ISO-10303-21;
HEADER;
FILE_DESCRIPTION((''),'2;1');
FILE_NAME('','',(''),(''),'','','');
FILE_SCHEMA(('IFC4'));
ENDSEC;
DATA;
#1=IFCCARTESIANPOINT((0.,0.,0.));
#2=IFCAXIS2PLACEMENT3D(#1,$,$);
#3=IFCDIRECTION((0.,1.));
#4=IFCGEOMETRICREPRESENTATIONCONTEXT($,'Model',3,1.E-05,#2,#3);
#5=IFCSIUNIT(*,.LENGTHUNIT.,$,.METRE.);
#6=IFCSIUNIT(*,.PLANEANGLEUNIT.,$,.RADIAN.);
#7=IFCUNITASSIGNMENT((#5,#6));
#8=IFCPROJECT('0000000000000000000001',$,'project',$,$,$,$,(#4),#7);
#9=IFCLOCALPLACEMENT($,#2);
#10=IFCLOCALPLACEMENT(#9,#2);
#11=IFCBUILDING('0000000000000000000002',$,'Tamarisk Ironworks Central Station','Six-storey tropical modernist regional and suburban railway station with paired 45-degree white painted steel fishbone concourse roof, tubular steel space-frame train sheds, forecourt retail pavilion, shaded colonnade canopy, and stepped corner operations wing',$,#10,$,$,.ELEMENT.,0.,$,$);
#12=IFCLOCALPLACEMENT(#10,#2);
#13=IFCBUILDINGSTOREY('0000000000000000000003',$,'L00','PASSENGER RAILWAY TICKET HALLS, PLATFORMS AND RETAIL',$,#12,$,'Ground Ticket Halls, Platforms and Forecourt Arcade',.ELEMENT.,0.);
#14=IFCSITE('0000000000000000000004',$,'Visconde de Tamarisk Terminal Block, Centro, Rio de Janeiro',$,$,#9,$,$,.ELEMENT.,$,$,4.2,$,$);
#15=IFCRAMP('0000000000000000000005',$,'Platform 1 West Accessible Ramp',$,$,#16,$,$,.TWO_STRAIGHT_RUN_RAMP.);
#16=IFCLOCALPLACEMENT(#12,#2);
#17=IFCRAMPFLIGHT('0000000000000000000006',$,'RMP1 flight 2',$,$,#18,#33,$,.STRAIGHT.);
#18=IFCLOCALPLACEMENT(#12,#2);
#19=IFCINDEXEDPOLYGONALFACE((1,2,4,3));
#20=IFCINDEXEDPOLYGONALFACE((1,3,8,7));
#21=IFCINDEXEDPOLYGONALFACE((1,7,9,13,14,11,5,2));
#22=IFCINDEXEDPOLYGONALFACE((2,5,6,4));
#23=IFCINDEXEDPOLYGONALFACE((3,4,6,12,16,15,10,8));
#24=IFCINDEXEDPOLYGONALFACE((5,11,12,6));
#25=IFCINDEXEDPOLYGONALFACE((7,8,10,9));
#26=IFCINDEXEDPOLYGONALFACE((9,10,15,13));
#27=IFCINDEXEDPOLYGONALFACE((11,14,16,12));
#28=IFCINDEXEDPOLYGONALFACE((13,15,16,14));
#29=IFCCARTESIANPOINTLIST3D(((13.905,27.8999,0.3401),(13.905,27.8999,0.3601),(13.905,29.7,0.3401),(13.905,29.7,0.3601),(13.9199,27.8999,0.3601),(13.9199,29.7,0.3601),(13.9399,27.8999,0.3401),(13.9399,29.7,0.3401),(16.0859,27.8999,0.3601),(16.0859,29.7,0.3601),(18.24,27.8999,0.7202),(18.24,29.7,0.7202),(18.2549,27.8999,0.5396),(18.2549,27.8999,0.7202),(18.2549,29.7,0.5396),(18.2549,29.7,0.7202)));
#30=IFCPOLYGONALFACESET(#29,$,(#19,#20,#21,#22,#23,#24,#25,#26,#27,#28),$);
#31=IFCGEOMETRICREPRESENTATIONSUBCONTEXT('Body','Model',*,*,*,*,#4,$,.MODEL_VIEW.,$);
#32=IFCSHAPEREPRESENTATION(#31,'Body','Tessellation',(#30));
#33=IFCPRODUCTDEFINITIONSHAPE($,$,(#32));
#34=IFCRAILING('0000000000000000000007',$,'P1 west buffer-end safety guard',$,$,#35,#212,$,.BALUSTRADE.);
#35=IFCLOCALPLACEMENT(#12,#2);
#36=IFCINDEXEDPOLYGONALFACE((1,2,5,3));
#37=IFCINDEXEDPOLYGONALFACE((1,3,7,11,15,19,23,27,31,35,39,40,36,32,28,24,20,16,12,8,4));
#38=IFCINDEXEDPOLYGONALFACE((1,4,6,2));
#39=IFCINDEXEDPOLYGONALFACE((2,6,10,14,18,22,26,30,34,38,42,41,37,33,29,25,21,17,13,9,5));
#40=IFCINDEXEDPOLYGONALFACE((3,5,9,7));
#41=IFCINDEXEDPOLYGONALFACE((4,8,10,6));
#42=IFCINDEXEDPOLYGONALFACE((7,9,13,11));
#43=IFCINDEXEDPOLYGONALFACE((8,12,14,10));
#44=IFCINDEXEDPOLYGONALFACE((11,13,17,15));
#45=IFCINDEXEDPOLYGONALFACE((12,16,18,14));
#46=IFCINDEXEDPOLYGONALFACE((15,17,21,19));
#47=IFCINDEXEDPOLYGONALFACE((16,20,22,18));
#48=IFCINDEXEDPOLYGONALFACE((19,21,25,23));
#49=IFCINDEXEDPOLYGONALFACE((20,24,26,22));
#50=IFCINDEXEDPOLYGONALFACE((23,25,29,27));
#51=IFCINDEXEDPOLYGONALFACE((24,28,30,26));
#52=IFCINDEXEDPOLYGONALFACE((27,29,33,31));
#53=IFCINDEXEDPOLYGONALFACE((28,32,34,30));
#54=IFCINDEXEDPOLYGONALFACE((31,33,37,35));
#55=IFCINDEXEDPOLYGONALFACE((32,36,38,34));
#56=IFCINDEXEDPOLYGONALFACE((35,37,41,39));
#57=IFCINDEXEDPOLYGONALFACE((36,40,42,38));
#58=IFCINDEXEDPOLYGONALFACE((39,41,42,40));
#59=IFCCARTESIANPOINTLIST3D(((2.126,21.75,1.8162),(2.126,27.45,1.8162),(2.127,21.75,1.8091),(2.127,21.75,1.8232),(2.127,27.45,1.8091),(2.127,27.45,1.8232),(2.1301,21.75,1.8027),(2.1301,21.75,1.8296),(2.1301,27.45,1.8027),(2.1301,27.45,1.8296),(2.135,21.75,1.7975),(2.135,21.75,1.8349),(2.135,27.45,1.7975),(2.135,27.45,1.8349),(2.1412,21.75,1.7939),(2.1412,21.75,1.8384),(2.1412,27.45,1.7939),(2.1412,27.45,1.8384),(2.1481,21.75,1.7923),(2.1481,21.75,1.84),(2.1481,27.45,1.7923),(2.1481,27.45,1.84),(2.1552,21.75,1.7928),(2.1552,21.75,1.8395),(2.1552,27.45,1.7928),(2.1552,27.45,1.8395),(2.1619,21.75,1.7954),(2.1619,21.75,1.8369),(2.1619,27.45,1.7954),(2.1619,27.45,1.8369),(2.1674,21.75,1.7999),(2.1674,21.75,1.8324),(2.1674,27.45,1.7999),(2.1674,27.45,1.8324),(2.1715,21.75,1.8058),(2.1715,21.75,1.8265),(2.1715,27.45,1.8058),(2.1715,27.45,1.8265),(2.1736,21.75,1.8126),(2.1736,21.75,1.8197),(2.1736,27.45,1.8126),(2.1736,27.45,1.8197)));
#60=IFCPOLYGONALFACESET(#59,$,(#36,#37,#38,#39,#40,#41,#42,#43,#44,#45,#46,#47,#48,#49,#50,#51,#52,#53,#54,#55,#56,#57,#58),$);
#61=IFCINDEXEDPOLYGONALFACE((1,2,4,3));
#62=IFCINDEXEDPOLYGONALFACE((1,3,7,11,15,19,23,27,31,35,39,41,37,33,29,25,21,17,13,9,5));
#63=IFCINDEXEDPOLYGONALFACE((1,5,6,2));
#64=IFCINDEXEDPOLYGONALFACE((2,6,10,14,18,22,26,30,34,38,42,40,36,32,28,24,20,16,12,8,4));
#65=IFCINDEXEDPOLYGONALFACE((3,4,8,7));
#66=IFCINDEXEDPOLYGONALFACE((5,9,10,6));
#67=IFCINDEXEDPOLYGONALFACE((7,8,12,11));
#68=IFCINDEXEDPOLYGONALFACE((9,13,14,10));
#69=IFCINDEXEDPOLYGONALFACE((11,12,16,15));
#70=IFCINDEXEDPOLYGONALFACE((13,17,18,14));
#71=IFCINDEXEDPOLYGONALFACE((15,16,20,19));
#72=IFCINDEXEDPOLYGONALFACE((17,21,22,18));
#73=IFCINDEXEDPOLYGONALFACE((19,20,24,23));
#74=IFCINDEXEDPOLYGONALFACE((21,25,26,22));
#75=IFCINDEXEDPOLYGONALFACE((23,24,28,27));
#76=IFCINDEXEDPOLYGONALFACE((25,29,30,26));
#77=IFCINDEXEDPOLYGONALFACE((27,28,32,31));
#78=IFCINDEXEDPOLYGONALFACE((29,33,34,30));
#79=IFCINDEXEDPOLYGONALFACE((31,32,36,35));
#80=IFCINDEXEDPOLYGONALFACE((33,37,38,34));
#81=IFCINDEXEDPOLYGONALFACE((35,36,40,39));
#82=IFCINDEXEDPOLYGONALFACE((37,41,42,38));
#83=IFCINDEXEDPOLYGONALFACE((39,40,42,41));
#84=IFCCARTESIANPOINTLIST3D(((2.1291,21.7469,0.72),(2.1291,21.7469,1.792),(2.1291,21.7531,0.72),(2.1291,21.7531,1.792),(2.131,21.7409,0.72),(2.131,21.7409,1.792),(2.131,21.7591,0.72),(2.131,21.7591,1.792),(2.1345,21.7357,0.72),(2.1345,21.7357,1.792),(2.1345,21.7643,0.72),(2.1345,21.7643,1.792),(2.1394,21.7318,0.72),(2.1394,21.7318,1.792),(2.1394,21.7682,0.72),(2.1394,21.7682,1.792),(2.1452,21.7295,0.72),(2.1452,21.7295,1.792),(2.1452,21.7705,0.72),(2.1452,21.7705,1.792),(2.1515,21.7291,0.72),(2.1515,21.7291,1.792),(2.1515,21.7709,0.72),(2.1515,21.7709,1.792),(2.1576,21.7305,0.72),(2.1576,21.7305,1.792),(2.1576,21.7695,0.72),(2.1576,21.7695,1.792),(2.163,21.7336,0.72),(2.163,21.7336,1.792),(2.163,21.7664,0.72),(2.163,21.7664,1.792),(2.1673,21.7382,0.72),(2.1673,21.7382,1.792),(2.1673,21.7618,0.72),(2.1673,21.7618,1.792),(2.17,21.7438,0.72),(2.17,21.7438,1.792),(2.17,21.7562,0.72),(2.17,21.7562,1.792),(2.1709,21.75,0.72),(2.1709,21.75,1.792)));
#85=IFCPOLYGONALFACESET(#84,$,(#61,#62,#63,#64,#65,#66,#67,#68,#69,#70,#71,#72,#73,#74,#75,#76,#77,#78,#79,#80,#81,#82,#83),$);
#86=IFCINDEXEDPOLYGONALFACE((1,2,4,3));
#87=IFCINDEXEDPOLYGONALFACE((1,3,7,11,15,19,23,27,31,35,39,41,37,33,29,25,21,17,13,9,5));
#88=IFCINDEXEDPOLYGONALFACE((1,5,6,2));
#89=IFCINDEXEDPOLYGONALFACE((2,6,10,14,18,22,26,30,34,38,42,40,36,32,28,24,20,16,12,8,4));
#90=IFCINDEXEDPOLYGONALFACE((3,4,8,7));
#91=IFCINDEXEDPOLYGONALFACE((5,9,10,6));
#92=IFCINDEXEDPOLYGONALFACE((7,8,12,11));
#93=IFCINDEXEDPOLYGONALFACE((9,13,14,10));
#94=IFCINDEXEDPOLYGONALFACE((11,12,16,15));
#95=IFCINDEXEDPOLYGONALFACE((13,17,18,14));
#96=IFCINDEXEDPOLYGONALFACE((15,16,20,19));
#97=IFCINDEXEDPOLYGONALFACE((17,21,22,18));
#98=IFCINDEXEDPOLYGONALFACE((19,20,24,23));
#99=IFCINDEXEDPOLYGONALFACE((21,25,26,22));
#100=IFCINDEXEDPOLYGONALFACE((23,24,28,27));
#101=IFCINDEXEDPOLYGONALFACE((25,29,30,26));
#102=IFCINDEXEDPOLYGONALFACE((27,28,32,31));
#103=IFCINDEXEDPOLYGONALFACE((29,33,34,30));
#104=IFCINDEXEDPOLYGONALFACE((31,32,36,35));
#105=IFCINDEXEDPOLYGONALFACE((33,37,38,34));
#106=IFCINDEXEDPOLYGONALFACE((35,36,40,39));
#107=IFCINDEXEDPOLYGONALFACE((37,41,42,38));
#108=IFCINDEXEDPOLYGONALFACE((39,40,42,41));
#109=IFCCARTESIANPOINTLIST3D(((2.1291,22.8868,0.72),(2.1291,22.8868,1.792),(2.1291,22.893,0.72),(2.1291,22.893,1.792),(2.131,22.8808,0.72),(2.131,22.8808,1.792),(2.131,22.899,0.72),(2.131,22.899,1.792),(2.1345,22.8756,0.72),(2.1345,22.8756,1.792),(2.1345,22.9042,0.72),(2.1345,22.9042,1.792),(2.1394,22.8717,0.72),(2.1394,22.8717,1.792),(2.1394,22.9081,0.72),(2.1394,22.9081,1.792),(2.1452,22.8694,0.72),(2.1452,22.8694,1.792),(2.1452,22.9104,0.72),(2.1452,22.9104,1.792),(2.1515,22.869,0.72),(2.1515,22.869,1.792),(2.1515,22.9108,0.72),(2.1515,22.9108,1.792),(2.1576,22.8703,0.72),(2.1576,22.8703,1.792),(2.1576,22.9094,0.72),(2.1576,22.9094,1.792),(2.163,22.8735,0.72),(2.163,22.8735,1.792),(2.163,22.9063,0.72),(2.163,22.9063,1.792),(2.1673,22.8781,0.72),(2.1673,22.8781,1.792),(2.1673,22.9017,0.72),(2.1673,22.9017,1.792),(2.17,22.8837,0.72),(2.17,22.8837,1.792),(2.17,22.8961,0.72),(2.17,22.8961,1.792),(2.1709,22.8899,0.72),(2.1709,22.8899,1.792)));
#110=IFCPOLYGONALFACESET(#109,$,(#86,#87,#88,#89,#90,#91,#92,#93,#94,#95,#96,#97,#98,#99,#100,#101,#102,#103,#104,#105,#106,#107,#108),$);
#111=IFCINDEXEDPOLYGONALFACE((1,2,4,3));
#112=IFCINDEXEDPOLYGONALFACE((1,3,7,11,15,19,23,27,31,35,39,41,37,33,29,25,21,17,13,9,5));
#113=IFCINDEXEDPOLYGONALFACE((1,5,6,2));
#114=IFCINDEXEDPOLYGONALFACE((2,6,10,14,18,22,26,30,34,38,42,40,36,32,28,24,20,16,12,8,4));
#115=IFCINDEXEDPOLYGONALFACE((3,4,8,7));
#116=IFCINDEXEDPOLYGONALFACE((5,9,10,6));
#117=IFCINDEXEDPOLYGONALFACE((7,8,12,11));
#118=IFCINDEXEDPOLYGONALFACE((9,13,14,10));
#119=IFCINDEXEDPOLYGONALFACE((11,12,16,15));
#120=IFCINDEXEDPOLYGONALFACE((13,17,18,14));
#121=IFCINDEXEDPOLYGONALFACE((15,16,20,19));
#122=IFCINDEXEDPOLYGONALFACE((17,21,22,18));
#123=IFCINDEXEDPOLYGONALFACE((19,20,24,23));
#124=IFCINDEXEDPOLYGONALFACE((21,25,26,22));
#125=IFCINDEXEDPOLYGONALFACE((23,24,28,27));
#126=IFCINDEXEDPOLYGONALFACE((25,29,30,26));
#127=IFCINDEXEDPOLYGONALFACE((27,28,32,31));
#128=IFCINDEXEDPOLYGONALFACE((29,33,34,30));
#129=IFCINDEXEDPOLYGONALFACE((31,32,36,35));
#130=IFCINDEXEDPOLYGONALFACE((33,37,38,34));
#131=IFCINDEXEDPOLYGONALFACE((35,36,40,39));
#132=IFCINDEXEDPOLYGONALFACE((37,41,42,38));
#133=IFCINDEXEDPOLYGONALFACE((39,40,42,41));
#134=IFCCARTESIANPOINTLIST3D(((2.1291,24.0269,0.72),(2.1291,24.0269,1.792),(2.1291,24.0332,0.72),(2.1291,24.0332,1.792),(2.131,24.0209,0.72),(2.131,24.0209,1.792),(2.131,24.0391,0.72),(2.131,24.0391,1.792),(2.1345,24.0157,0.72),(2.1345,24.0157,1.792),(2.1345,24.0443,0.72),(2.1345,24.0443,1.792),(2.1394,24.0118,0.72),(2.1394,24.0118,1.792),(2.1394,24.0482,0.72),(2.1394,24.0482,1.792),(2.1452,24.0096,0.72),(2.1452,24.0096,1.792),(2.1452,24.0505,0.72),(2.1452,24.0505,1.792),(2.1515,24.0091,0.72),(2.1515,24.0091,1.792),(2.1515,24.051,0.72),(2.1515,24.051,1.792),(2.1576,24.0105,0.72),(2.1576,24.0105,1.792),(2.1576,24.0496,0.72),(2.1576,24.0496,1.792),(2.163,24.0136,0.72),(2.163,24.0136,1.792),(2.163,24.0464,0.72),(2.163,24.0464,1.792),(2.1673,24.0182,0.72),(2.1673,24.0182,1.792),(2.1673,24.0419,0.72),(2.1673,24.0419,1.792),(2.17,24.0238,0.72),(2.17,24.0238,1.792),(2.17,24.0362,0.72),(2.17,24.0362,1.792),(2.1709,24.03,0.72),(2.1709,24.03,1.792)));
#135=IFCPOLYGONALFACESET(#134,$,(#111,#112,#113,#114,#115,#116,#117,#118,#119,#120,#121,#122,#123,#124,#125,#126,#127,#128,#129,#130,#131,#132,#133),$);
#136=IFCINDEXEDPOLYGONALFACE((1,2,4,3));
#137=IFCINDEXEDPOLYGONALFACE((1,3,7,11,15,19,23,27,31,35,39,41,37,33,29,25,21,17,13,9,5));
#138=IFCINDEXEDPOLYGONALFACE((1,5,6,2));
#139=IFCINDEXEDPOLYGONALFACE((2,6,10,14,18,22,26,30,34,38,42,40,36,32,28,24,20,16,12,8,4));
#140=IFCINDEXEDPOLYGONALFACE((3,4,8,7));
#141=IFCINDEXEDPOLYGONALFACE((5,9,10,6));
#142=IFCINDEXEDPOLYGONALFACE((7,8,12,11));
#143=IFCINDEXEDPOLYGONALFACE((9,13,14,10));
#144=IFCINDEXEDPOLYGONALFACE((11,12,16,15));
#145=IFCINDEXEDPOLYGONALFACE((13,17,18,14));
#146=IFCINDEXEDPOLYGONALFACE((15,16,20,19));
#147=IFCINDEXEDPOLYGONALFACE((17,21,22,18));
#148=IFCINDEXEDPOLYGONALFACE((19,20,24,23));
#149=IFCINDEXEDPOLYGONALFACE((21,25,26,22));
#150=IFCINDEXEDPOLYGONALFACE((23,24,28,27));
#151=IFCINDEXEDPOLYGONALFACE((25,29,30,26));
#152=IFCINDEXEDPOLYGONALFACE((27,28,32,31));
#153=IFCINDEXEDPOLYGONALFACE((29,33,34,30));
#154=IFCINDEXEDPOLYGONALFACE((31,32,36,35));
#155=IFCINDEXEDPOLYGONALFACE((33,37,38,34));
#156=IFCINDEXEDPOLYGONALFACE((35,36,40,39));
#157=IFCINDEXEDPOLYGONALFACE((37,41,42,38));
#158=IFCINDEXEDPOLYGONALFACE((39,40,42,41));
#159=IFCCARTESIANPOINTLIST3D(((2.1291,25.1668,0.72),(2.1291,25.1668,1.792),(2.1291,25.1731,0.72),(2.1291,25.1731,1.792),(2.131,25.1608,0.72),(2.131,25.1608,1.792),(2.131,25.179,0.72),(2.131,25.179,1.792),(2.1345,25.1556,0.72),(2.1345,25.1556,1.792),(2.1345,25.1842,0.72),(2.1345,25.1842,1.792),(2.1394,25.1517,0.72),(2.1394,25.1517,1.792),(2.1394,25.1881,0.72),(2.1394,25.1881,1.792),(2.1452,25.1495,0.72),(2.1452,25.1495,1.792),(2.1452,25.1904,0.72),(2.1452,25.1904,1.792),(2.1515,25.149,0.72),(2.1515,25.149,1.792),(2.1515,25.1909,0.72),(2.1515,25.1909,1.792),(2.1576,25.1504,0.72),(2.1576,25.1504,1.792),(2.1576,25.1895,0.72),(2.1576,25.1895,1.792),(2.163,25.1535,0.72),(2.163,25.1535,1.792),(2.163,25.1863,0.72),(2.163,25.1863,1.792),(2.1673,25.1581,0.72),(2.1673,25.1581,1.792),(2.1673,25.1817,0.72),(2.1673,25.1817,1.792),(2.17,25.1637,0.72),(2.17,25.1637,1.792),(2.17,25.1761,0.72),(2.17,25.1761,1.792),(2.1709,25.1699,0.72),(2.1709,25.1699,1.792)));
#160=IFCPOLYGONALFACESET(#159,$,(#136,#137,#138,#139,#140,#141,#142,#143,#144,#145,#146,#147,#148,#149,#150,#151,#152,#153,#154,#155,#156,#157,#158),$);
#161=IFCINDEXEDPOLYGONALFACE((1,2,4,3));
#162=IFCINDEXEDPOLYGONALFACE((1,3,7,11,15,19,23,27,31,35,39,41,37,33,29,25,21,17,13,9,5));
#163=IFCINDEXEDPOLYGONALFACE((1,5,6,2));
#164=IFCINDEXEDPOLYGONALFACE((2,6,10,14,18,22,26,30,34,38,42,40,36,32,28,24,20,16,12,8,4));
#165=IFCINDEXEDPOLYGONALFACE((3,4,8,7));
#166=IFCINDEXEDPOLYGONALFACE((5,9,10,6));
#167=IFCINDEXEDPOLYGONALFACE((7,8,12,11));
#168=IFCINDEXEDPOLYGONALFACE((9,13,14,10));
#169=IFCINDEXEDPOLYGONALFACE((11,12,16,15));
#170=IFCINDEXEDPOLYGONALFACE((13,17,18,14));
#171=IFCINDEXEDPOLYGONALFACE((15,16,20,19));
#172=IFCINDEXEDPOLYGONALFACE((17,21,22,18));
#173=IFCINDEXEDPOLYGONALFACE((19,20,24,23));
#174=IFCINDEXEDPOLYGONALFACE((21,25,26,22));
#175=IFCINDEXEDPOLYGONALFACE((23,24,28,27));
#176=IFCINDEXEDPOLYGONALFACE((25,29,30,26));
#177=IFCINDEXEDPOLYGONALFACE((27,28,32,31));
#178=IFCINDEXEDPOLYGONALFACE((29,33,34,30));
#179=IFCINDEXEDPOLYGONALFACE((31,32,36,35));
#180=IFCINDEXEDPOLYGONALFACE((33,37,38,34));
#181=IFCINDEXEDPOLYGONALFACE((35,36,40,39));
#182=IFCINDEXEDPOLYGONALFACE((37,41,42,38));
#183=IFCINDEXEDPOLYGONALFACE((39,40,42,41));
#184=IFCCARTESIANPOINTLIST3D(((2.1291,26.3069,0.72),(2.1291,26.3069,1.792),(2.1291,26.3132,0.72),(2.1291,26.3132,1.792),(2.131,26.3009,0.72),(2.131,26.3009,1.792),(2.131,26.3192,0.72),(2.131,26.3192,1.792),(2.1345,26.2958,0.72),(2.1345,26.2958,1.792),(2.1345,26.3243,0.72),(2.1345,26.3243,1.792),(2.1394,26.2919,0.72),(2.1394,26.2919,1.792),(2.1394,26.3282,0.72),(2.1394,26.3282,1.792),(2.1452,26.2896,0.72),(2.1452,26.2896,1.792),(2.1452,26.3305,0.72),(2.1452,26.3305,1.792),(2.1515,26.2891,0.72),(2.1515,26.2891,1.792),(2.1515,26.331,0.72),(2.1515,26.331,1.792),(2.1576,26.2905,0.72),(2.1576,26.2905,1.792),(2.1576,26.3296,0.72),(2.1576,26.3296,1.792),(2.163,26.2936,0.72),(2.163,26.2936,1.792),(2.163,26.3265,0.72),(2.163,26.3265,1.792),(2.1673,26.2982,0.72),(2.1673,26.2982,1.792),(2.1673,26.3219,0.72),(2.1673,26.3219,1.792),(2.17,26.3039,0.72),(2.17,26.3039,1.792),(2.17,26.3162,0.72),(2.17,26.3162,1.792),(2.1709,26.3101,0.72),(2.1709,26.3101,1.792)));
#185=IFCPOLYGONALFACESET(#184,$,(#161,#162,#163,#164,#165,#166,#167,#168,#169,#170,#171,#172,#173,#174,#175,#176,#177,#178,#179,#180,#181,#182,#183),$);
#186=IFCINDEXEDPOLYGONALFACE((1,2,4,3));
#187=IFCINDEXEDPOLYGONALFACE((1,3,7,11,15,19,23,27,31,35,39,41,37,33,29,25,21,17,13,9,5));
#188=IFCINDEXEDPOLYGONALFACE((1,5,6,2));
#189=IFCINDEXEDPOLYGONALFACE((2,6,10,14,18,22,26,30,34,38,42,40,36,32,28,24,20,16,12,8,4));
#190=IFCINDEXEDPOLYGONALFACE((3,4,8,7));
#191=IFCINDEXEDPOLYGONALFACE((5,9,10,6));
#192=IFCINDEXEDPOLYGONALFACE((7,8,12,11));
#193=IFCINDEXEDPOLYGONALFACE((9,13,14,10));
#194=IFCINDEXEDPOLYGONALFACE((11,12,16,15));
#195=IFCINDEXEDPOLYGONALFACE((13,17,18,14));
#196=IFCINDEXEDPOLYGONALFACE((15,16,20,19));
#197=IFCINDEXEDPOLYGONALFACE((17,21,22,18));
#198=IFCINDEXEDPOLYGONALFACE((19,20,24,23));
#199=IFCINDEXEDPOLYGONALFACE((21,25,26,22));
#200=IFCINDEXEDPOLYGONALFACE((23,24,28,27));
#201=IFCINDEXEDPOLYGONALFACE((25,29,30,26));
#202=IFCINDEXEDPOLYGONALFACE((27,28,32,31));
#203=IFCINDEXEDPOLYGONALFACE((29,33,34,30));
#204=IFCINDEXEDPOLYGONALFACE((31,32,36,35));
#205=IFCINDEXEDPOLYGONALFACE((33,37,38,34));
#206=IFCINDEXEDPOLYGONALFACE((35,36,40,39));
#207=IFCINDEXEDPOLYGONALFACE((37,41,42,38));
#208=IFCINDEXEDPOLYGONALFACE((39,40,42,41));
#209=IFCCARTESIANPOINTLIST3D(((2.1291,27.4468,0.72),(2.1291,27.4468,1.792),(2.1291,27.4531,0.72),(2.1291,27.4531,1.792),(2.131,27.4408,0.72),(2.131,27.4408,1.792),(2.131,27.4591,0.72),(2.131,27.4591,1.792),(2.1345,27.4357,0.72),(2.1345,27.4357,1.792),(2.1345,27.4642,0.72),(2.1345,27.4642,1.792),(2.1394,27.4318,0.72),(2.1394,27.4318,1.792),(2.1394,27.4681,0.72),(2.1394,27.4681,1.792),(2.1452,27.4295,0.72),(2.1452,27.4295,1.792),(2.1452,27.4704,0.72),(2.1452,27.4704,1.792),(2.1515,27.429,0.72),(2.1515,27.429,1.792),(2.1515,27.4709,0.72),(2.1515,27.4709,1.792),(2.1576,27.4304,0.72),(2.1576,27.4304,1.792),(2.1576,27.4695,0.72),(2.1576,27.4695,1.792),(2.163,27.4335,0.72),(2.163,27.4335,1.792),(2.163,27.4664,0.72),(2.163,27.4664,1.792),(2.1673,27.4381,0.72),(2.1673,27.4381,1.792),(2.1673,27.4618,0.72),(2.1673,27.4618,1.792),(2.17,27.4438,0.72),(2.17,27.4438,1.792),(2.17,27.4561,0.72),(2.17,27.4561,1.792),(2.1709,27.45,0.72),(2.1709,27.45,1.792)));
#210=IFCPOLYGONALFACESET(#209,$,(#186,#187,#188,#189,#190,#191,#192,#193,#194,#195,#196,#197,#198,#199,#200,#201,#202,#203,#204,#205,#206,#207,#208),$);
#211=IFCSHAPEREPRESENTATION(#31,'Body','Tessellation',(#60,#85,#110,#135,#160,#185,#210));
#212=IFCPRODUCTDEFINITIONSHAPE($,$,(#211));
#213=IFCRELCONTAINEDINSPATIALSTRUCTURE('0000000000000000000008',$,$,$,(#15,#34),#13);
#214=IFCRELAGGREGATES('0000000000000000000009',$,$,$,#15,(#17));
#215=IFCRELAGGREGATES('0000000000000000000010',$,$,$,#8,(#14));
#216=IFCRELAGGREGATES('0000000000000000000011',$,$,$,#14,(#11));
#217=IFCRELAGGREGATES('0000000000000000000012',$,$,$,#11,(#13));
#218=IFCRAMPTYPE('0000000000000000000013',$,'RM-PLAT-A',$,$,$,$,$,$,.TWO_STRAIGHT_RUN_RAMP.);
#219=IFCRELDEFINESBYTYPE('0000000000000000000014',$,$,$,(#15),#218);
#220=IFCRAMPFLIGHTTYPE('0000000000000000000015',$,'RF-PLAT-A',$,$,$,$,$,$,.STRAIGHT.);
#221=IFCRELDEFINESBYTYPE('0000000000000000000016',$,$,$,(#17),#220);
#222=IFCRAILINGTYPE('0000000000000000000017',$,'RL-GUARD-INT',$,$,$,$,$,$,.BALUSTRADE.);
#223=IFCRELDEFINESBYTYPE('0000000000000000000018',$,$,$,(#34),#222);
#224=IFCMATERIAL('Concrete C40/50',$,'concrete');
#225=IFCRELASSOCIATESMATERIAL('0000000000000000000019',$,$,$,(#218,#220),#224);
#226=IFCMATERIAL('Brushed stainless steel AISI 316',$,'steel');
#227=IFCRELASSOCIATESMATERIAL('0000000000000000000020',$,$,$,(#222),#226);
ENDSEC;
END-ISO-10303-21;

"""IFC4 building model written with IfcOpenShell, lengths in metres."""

from ifc_helpers import new_model, si_unit, direction, frame, origin, origin_2d, place, context, subcontext, project, spatial, polyline, circle, outline, extrude, material, type_object, element, aggregate, save


model = new_model("IFC4")

# Units and contexts
model_context = context("Model", 3, precision=1e-05, world=origin(), true_north=direction((0.0, 1.0)))
body_context = subcontext(model_context, "Body", "Model", "MODEL_VIEW")
ifc_project = project(units=[si_unit("LENGTHUNIT", "METRE"), si_unit("PLANEANGLEUNIT", "RADIAN")], contexts=[model_context])

# Site, building, storey
site_placement = place(None, origin())
site = spatial("IfcSite", under=ifc_project, at=site_placement, Name="Visconde de Tamarisk Terminal Block, Centro, Rio de Janeiro", CompositionType="ELEMENT", RefElevation=4.2)
building_placement = place(site_placement, origin())
building = spatial("IfcBuilding", under=site, at=building_placement, Name="Tamarisk Ironworks Central Station", Description="Six-storey tropical modernist regional and suburban railway station with paired 45-degree white painted steel fishbone concourse roof, tubular steel space-frame train sheds, forecourt retail pavilion, shaded colonnade canopy, and stepped corner operations wing", CompositionType="ELEMENT", ElevationOfRefHeight=0.0)
storey_placement = place(building_placement, origin())
storey = spatial("IfcBuildingStorey", under=building, at=storey_placement, Name="L00", Description="PASSENGER RAILWAY TICKET HALLS, PLATFORMS AND RETAIL", LongName="Ground Ticket Halls, Platforms and Forecourt Arcade", CompositionType="ELEMENT", Elevation=0.0)

# Shared definitions
ifc_material_1 = material(Name="Concrete C40/50", Category="concrete")

# Ramp, ramp flight
ramp_type = type_object("IfcRampType", Name="RM-PLAT-A", PredefinedType="TWO_STRAIGHT_RUN_RAMP", material=ifc_material_1)
ramp_placement = place(storey_placement, origin())
ramp = element("IfcRamp", 1, at=ramp_placement, inside=storey, type_object=ramp_type, Name="Platform 1 West Accessible Ramp", PredefinedType="TWO_STRAIGHT_RUN_RAMP")
ramp_flight_type = type_object("IfcRampFlightType", Name="RF-PLAT-A", PredefinedType="STRAIGHT", material=ifc_material_1)
ramp_flight_1_placement = place(storey_placement, frame((13.9199, 28.8, 0.3601), z_axis=(0.0, 0.0, 1.0), x_axis=(1.0, 0.0, 0.0)))
ramp_flight_1 = element("IfcRampFlight", 2, at=ramp_flight_1_placement, type_object=ramp_flight_type, Name="RMP1 flight 2", PredefinedType="STRAIGHT", context=body_context, shape_type="SweptSolid", body=[
    extrude(outline(polyline([(-0.0149, -0.02), (-0.0149, 0.0), (0.0, 0.0), (4.3201, 0.3601), (4.335, 0.3601), (4.335, 0.1794), (2.166, 0.0), (0.02, -0.02), (-0.0149, -0.02)])), frame((0.0, 0.8999, 0.0), z_axis=(0.0, -1.0, 0.0), x_axis=(1.0, 0.0, 0.0)), (0.0, 0.0, 1.0), 1.8),
])
aggregate(ramp, [ramp_flight_1])

# Railing
ifc_material_2 = material(Name="Brushed stainless steel AISI 316", Category="steel")
railing_type_1 = type_object("IfcRailingType", Name="RL-GUARD-INT", PredefinedType="BALUSTRADE", material=ifc_material_2)
railing_1_placement = place(storey_placement, frame((2.1499, 21.75, 0.72)))
element("IfcRailing", 3, at=railing_1_placement, inside=storey, type_object=railing_type_1, Name="P1 west buffer-end safety guard", PredefinedType="BALUSTRADE", context=body_context, shape_type="SweptSolid", body=[
    extrude(circle(Radius=0.0239, at=origin_2d()), frame((0.0, 0.0, 1.0962), z_axis=(0.0, 1.0, 0.0), x_axis=(-1.0, 0.0, 0.0)), (0.0, 0.0, 1.0), 5.7),
    extrude(circle(Radius=0.021, at=origin_2d()), origin(), (0.0, 0.0, 1.0), 1.072),
    extrude(circle(Radius=0.021, at=origin_2d()), frame((0.0, 1.1399, 0.0)), (0.0, 0.0, 1.0), 1.072),
    extrude(circle(Radius=0.021, at=origin_2d()), frame((0.0, 2.28, 0.0)), (0.0, 0.0, 1.0), 1.072),
    extrude(circle(Radius=0.021, at=origin_2d()), frame((0.0, 3.4199, 0.0)), (0.0, 0.0, 1.0), 1.072),
    extrude(circle(Radius=0.021, at=origin_2d()), frame((0.0, 4.5601, 0.0)), (0.0, 0.0, 1.0), 1.072),
    extrude(circle(Radius=0.021, at=origin_2d()), frame((0.0, 5.7, 0.0)), (0.0, 0.0, 1.0), 1.072),
])

save(model, "model.ifc")
